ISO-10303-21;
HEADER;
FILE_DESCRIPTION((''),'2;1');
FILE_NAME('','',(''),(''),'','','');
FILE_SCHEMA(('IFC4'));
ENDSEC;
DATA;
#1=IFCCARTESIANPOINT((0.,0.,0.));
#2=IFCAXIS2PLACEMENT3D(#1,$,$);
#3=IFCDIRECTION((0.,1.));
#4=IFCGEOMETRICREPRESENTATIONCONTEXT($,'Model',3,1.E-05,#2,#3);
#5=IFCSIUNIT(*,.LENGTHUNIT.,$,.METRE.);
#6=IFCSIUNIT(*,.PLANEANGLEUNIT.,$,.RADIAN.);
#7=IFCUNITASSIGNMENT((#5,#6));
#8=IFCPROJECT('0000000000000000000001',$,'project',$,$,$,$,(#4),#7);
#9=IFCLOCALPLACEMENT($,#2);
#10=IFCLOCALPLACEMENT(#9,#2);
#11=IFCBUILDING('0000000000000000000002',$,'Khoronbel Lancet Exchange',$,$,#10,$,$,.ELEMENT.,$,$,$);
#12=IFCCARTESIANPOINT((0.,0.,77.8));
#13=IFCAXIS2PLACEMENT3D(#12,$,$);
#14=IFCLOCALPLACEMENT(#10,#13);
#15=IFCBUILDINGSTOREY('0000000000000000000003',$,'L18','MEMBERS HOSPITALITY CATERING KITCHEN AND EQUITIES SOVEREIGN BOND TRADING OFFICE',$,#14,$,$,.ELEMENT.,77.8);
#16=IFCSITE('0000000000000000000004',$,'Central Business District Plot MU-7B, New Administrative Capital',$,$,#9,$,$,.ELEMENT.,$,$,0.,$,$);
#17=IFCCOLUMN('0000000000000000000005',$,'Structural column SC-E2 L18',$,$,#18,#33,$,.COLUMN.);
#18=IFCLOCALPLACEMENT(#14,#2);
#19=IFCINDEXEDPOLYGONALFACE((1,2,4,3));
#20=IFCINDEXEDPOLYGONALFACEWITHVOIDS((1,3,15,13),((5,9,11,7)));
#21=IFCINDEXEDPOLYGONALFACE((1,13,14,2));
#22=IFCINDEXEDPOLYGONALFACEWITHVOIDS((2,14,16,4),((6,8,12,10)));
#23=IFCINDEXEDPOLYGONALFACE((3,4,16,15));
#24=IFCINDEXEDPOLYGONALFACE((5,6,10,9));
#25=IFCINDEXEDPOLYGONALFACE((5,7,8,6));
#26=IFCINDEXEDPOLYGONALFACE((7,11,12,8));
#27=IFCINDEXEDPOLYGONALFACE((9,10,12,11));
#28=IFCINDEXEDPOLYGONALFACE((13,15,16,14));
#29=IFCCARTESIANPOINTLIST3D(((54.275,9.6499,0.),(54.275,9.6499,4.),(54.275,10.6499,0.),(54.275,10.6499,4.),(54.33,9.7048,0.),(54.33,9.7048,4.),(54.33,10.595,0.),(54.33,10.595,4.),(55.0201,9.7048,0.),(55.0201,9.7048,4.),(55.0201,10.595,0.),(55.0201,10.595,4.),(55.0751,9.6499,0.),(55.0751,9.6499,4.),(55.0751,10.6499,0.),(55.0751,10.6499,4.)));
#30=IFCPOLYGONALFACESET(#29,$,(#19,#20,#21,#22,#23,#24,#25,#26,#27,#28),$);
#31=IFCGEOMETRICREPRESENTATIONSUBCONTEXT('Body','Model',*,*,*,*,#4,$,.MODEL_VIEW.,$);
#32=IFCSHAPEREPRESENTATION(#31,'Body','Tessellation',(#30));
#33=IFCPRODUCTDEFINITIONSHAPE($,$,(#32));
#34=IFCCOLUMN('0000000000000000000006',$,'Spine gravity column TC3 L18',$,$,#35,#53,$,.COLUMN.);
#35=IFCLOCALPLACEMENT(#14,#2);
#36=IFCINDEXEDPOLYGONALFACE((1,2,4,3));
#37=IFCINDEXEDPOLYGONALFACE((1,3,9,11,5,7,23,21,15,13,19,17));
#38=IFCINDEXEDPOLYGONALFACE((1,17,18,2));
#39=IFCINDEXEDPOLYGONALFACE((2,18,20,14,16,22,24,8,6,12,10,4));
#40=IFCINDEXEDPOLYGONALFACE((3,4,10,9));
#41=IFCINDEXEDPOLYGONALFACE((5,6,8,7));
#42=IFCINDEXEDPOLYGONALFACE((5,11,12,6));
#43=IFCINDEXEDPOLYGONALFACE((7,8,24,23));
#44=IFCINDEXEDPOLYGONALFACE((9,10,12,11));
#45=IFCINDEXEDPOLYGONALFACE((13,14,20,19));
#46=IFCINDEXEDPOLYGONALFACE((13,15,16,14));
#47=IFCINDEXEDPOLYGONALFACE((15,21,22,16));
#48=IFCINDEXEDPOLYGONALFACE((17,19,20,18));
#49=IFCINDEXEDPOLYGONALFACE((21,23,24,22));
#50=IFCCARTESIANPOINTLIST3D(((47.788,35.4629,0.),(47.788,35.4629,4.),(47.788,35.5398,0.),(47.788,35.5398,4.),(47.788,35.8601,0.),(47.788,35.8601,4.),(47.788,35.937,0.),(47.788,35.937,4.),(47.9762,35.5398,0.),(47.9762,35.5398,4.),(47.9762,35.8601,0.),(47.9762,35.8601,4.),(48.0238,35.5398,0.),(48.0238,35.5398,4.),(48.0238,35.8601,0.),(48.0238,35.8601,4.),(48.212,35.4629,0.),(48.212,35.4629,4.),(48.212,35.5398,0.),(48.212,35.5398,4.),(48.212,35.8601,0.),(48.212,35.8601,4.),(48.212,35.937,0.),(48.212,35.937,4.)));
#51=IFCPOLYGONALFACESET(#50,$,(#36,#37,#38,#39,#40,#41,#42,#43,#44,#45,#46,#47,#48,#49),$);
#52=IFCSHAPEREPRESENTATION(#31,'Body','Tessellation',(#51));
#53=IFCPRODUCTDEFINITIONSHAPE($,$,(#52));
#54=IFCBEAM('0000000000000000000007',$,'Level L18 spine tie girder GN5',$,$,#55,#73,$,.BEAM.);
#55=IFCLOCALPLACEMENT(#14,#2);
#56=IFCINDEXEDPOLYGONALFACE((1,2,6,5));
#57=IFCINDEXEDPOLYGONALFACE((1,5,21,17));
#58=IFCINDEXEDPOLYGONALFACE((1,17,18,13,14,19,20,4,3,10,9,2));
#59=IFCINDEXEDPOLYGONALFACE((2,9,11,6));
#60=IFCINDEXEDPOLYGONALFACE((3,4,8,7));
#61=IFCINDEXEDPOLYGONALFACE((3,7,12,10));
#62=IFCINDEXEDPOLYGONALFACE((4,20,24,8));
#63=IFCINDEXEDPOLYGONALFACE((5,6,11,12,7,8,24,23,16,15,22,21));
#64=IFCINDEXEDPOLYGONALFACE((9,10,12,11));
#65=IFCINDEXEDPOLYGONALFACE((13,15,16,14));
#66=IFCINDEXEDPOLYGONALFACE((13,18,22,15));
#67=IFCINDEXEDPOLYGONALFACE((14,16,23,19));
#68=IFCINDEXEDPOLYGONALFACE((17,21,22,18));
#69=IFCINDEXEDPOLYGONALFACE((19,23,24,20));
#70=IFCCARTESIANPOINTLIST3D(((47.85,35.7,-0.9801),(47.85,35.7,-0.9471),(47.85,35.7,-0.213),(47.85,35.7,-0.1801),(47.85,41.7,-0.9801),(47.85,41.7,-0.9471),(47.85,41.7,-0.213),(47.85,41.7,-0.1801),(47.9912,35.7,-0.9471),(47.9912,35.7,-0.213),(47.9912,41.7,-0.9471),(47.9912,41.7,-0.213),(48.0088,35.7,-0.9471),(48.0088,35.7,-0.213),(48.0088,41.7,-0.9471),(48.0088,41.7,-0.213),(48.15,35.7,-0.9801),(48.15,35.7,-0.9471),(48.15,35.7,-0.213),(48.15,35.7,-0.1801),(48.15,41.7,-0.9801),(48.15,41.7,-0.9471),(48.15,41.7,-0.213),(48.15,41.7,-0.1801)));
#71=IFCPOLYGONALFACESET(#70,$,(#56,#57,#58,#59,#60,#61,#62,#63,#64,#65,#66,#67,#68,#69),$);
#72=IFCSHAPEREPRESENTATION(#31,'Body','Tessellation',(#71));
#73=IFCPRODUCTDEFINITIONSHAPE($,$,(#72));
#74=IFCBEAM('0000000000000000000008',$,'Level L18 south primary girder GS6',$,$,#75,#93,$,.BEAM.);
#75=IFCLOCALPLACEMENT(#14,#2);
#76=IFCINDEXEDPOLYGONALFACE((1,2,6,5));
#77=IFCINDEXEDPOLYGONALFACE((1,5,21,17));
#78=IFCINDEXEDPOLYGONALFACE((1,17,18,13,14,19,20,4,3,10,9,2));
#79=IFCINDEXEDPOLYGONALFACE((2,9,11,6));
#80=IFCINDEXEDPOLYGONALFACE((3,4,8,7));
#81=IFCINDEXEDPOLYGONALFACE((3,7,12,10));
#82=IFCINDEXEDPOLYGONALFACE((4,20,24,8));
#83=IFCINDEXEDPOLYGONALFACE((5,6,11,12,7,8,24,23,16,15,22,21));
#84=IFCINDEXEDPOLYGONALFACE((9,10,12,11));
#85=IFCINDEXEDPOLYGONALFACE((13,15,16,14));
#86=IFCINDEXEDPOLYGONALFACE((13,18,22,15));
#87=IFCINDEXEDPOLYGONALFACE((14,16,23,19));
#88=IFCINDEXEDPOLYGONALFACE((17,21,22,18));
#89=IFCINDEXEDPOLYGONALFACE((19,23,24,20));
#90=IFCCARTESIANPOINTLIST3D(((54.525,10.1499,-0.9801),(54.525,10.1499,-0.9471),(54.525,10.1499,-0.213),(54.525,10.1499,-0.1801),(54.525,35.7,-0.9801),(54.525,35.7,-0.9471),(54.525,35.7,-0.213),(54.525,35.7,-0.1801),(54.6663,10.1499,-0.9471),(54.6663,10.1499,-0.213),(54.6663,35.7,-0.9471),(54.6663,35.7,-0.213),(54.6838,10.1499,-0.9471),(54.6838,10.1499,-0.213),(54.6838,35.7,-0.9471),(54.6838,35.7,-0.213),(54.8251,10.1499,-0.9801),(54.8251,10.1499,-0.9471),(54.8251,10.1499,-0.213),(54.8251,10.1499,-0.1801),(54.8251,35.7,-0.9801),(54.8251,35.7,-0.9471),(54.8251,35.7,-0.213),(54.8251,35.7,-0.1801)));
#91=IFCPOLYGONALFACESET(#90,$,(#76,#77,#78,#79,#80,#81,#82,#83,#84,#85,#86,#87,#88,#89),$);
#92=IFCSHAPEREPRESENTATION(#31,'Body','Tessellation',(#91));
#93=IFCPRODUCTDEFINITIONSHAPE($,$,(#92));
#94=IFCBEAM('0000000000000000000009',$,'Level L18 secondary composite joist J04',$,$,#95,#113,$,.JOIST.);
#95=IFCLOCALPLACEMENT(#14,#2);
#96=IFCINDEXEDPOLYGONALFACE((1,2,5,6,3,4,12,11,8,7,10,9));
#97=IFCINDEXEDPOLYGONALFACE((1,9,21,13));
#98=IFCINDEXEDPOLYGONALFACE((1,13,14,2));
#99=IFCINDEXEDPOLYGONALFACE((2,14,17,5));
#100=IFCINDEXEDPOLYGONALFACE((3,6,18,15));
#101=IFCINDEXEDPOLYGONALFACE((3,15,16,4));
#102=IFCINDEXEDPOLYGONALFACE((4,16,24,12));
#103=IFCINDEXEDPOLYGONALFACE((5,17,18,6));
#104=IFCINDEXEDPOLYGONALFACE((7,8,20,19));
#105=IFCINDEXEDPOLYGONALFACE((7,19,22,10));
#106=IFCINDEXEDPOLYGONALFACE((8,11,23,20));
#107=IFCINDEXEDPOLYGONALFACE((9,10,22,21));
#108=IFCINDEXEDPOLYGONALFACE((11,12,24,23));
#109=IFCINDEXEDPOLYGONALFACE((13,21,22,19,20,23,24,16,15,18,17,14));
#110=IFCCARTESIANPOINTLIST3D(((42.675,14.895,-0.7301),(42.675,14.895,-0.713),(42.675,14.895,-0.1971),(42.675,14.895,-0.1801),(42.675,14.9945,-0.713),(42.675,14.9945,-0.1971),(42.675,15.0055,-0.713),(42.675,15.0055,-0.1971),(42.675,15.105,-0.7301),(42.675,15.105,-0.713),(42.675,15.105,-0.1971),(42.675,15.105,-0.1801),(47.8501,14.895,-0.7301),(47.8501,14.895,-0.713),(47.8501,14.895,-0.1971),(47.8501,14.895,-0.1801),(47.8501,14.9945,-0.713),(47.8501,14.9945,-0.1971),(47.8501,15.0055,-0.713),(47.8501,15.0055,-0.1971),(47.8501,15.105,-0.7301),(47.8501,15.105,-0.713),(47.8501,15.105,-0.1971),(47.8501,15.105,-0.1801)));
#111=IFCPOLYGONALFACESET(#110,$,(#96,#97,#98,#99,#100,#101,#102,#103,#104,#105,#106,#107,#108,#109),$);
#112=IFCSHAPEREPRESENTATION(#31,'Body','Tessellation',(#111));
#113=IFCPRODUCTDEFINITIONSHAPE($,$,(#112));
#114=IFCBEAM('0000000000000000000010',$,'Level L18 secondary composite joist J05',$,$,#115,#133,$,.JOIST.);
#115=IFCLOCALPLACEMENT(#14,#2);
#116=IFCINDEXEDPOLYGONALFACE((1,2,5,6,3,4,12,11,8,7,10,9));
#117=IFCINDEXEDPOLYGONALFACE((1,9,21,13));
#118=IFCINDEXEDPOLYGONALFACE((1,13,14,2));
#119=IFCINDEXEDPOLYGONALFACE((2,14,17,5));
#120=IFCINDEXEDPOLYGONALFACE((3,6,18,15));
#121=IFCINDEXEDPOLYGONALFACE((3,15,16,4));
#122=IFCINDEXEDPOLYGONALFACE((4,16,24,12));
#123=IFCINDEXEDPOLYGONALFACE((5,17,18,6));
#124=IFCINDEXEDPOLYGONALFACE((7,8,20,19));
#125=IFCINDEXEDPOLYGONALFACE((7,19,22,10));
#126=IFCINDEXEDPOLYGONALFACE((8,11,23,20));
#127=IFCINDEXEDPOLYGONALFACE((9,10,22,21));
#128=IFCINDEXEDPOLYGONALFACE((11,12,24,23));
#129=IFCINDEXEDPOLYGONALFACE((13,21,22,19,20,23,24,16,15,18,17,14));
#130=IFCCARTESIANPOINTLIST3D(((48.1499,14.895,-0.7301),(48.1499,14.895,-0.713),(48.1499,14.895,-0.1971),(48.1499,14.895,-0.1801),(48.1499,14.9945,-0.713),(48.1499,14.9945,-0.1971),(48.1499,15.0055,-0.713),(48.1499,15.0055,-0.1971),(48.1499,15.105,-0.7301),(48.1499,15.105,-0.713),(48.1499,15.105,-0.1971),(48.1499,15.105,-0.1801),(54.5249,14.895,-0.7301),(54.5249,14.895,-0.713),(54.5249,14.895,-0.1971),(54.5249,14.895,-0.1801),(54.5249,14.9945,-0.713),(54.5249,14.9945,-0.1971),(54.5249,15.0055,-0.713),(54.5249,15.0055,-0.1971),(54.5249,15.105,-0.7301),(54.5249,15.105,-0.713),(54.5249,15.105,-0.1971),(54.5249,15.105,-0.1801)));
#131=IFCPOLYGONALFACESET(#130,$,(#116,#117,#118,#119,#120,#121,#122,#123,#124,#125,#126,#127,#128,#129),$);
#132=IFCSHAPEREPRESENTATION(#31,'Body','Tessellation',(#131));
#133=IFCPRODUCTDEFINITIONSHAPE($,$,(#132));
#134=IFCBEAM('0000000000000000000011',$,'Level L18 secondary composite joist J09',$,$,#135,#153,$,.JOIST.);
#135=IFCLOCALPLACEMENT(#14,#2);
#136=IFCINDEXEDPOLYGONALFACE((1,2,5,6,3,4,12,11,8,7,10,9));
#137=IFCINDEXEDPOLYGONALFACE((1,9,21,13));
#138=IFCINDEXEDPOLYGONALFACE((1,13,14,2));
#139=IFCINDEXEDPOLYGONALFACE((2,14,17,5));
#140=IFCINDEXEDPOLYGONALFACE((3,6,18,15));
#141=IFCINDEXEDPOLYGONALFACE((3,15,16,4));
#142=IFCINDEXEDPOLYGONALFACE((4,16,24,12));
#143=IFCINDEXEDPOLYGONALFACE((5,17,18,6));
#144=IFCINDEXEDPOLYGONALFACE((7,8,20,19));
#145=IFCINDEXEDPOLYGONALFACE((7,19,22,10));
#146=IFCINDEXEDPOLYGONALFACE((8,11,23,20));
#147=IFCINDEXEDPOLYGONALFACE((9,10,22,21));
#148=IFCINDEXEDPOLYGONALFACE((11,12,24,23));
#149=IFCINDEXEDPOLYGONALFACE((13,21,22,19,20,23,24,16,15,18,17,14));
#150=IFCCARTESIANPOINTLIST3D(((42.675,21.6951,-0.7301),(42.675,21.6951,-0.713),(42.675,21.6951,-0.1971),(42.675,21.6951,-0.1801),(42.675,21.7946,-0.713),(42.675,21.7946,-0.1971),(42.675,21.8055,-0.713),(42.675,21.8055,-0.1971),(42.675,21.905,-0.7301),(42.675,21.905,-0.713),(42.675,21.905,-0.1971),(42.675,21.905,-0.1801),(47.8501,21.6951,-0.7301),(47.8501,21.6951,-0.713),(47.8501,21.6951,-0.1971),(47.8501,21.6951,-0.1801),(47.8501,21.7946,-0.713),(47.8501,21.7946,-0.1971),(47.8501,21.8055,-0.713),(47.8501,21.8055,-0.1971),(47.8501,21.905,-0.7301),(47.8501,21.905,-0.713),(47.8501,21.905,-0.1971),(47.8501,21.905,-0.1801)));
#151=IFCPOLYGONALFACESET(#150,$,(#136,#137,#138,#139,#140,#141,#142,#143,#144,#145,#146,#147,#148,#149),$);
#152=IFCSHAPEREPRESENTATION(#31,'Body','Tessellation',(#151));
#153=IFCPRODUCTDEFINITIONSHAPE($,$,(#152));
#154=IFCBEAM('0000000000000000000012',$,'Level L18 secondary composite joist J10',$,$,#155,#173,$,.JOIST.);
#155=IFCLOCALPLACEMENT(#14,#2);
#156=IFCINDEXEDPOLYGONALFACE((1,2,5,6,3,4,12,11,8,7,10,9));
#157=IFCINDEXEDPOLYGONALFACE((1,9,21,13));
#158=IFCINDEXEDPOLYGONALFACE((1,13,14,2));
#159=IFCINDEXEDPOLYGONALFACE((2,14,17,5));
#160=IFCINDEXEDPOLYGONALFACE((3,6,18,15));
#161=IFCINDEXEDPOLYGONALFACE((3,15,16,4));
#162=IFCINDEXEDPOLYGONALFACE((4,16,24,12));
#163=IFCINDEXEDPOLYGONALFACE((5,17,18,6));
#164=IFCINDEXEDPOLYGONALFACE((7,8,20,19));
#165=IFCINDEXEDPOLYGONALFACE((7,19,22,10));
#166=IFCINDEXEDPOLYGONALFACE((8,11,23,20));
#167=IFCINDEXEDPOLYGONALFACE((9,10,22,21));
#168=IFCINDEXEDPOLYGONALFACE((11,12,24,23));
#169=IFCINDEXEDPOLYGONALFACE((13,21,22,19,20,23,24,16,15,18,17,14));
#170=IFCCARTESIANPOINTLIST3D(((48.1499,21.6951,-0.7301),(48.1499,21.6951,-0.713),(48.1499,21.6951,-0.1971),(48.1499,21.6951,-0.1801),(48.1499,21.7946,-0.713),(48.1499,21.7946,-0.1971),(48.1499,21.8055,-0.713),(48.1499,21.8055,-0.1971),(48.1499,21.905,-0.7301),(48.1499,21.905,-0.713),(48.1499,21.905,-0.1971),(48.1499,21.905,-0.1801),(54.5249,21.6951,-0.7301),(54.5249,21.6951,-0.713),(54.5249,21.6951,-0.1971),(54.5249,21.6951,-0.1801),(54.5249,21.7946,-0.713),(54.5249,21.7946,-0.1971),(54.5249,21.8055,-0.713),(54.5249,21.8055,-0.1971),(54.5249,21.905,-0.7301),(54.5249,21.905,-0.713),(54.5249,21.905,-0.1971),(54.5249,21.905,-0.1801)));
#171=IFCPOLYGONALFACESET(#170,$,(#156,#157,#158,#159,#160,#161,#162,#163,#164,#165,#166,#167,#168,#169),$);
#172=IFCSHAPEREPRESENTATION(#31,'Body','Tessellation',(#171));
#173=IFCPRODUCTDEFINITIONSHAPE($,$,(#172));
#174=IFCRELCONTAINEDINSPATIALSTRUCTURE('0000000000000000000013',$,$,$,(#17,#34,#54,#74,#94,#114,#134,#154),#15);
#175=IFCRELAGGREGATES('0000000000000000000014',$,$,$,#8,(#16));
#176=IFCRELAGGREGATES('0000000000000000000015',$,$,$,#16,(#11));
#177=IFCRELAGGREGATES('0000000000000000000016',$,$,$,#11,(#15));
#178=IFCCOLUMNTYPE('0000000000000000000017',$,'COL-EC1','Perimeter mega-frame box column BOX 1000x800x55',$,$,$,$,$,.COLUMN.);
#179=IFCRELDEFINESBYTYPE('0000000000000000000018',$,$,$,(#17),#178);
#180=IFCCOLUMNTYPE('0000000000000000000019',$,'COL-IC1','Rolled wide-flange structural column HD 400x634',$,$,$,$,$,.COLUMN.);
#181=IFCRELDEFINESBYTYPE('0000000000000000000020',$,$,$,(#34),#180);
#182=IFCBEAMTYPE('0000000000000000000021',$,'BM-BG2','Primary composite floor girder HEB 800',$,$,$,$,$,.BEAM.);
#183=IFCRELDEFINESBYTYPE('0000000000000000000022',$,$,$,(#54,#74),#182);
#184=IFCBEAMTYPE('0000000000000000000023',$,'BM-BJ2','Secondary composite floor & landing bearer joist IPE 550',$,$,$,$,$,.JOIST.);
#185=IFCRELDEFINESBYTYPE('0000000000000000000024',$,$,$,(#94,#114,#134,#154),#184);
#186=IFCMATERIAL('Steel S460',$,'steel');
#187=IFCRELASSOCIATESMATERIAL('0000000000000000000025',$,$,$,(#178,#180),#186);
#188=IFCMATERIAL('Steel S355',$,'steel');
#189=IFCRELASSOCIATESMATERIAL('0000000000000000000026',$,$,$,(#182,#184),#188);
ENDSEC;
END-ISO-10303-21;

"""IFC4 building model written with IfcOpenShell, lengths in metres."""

from ifc_helpers import new_model, si_unit, direction, frame, origin, origin_2d, place, context, subcontext, project, spatial, hollow_rectangle, i_section, extrude, material, material_profile, profile_set, type_object, element, save


model = new_model("IFC4")

# Units and contexts
model_context = context("Model", 3, precision=1e-05, world=origin(), true_north=direction((0.0, 1.0)))
body_context = subcontext(model_context, "Body", "Model", "MODEL_VIEW")
ifc_project = project(units=[si_unit("LENGTHUNIT", "METRE"), si_unit("PLANEANGLEUNIT", "RADIAN")], contexts=[model_context])

# Site, building, storey
site_placement = place(None, origin())
site = spatial("IfcSite", under=ifc_project, at=site_placement, Name="Central Business District Plot MU-7B, New Administrative Capital", CompositionType="ELEMENT", RefElevation=0.0)
building_placement = place(site_placement, origin())
building = spatial("IfcBuilding", under=site, at=building_placement, Name="Khoronbel Lancet Exchange", CompositionType="ELEMENT")
storey_placement = place(building_placement, frame((0.0, 0.0, 77.8)))
storey = spatial("IfcBuildingStorey", under=building, at=storey_placement, Name="L18", Description="MEMBERS HOSPITALITY CATERING KITCHEN AND EQUITIES SOVEREIGN BOND TRADING OFFICE", CompositionType="ELEMENT", Elevation=77.8)

# Columns
ifc_material_1 = material(Name="Steel S460", Category="steel")
ifc_material_profile_1 = material_profile(ifc_material_1, hollow_rectangle(XDim=0.8, YDim=1.0, WallThickness=0.0549, at=origin_2d()), Name="BOX 1000x800x55")
ifc_profile_set_1 = profile_set([ifc_material_profile_1], Name="Steel S460")
column_type_1 = type_object("IfcColumnType", Name="COL-EC1", Description="Perimeter mega-frame box column BOX 1000x800x55", PredefinedType="COLUMN", material=ifc_profile_set_1)
column_1_placement = place(storey_placement, frame((54.675, 10.1499, 0.0), z_axis=(0.0, 0.0, 1.0), x_axis=(1.0, 0.0, 0.0)))
element("IfcColumn", 1, at=column_1_placement, inside=storey, type_object=column_type_1, Name="Structural column SC-E2 L18", PredefinedType="COLUMN", context=body_context, shape_type="SweptSolid", body=[
    extrude(hollow_rectangle(XDim=0.8, YDim=1.0, WallThickness=0.0549, at=origin_2d()), origin(), (0.0, 0.0, 1.0), 4.0),
])
ifc_material_profile_2 = material_profile(ifc_material_1, i_section(OverallWidth=0.4241, OverallDepth=0.4741, WebThickness=0.0476, FlangeThickness=0.0769, at=origin_2d()), Name="HD 400x634")
ifc_profile_set_2 = profile_set([ifc_material_profile_2], Name="Steel S460")
column_type_2 = type_object("IfcColumnType", Name="COL-IC1", Description="Rolled wide-flange structural column HD 400x634", PredefinedType="COLUMN", material=ifc_profile_set_2)
column_2_placement = place(storey_placement, frame((48.0, 35.7, 0.0), z_axis=(0.0, 0.0, 1.0), x_axis=(1.0, 0.0, 0.0)))
element("IfcColumn", 2, at=column_2_placement, inside=storey, type_object=column_type_2, Name="Spine gravity column TC3 L18", PredefinedType="COLUMN", context=body_context, shape_type="SweptSolid", body=[
    extrude(i_section(OverallWidth=0.4241, OverallDepth=0.4741, WebThickness=0.0476, FlangeThickness=0.0769, at=origin_2d()), origin(), (0.0, 0.0, 1.0), 4.0),
])

# Beams
ifc_material_2 = material(Name="Steel S355", Category="steel")
ifc_material_profile_3 = material_profile(ifc_material_2, i_section(OverallWidth=0.3, OverallDepth=0.8, WebThickness=0.0176, FlangeThickness=0.033, at=origin_2d()), Name="HEB 800")
ifc_profile_set_3 = profile_set([ifc_material_profile_3], Name="Steel S355")
beam_type_1 = type_object("IfcBeamType", Name="BM-BG2", Description="Primary composite floor girder HEB 800", PredefinedType="BEAM", material=ifc_profile_set_3)
beam_1_placement = place(storey_placement, frame((48.0, 35.7, -0.5801), z_axis=(0.0, 1.0, 0.0), x_axis=(-1.0, 0.0, 0.0)))
element("IfcBeam", 3, at=beam_1_placement, inside=storey, type_object=beam_type_1, Name="Level L18 spine tie girder GN5", PredefinedType="BEAM", context=body_context, shape_type="SweptSolid", body=[
    extrude(i_section(OverallWidth=0.3, OverallDepth=0.8, WebThickness=0.0176, FlangeThickness=0.033, at=origin_2d()), origin(), (0.0, 0.0, 1.0), 6.0),
])
beam_2_placement = place(storey_placement, frame((54.675, 10.1499, -0.5801), z_axis=(0.0, 1.0, 0.0), x_axis=(-1.0, 0.0, 0.0)))
element("IfcBeam", 4, at=beam_2_placement, inside=storey, type_object=beam_type_1, Name="Level L18 south primary girder GS6", PredefinedType="BEAM", context=body_context, shape_type="SweptSolid", body=[
    extrude(i_section(OverallWidth=0.3, OverallDepth=0.8, WebThickness=0.0176, FlangeThickness=0.033, at=origin_2d()), origin(), (0.0, 0.0, 1.0), 25.55),
])
ifc_material_profile_4 = material_profile(ifc_material_2, i_section(OverallWidth=0.21, OverallDepth=0.55, WebThickness=0.011, FlangeThickness=0.0171, at=origin_2d()), Name="IPE 550")
ifc_profile_set_4 = profile_set([ifc_material_profile_4], Name="Steel S355")
beam_type_2 = type_object("IfcBeamType", Name="BM-BJ2", Description="Secondary composite floor & landing bearer joist IPE 550", PredefinedType="JOIST", material=ifc_profile_set_4)
beam_3_placement = place(storey_placement, frame((42.675, 15.0, -0.4551), z_axis=(1.0, 0.0, 0.0), x_axis=(0.0, 1.0, 0.0)))
element("IfcBeam", 5, at=beam_3_placement, inside=storey, type_object=beam_type_2, Name="Level L18 secondary composite joist J04", PredefinedType="JOIST", context=body_context, shape_type="SweptSolid", body=[
    extrude(i_section(OverallWidth=0.21, OverallDepth=0.55, WebThickness=0.011, FlangeThickness=0.0171, at=origin_2d()), origin(), (0.0, 0.0, 1.0), 5.175),
])
beam_4_placement = place(storey_placement, frame((48.1499, 15.0, -0.4551), z_axis=(1.0, 0.0, 0.0), x_axis=(0.0, 1.0, 0.0)))
element("IfcBeam", 6, at=beam_4_placement, inside=storey, type_object=beam_type_2, Name="Level L18 secondary composite joist J05", PredefinedType="JOIST", context=body_context, shape_type="SweptSolid", body=[
    extrude(i_section(OverallWidth=0.21, OverallDepth=0.55, WebThickness=0.011, FlangeThickness=0.0171, at=origin_2d()), origin(), (0.0, 0.0, 1.0), 6.375),
])
beam_5_placement = place(storey_placement, frame((42.675, 21.8, -0.4551), z_axis=(1.0, 0.0, 0.0), x_axis=(0.0, 1.0, 0.0)))
element("IfcBeam", 7, at=beam_5_placement, inside=storey, type_object=beam_type_2, Name="Level L18 secondary composite joist J09", PredefinedType="JOIST", context=body_context, shape_type="SweptSolid", body=[
    extrude(i_section(OverallWidth=0.21, OverallDepth=0.55, WebThickness=0.011, FlangeThickness=0.0171, at=origin_2d()), origin(), (0.0, 0.0, 1.0), 5.175),
])
beam_6_placement = place(storey_placement, frame((48.1499, 21.8, -0.4551), z_axis=(1.0, 0.0, 0.0), x_axis=(0.0, 1.0, 0.0)))
element("IfcBeam", 8, at=beam_6_placement, inside=storey, type_object=beam_type_2, Name="Level L18 secondary composite joist J10", PredefinedType="JOIST", context=body_context, shape_type="SweptSolid", body=[
    extrude(i_section(OverallWidth=0.21, OverallDepth=0.55, WebThickness=0.011, FlangeThickness=0.0171, at=origin_2d()), origin(), (0.0, 0.0, 1.0), 6.375),
])

save(model, "model.ifc")
